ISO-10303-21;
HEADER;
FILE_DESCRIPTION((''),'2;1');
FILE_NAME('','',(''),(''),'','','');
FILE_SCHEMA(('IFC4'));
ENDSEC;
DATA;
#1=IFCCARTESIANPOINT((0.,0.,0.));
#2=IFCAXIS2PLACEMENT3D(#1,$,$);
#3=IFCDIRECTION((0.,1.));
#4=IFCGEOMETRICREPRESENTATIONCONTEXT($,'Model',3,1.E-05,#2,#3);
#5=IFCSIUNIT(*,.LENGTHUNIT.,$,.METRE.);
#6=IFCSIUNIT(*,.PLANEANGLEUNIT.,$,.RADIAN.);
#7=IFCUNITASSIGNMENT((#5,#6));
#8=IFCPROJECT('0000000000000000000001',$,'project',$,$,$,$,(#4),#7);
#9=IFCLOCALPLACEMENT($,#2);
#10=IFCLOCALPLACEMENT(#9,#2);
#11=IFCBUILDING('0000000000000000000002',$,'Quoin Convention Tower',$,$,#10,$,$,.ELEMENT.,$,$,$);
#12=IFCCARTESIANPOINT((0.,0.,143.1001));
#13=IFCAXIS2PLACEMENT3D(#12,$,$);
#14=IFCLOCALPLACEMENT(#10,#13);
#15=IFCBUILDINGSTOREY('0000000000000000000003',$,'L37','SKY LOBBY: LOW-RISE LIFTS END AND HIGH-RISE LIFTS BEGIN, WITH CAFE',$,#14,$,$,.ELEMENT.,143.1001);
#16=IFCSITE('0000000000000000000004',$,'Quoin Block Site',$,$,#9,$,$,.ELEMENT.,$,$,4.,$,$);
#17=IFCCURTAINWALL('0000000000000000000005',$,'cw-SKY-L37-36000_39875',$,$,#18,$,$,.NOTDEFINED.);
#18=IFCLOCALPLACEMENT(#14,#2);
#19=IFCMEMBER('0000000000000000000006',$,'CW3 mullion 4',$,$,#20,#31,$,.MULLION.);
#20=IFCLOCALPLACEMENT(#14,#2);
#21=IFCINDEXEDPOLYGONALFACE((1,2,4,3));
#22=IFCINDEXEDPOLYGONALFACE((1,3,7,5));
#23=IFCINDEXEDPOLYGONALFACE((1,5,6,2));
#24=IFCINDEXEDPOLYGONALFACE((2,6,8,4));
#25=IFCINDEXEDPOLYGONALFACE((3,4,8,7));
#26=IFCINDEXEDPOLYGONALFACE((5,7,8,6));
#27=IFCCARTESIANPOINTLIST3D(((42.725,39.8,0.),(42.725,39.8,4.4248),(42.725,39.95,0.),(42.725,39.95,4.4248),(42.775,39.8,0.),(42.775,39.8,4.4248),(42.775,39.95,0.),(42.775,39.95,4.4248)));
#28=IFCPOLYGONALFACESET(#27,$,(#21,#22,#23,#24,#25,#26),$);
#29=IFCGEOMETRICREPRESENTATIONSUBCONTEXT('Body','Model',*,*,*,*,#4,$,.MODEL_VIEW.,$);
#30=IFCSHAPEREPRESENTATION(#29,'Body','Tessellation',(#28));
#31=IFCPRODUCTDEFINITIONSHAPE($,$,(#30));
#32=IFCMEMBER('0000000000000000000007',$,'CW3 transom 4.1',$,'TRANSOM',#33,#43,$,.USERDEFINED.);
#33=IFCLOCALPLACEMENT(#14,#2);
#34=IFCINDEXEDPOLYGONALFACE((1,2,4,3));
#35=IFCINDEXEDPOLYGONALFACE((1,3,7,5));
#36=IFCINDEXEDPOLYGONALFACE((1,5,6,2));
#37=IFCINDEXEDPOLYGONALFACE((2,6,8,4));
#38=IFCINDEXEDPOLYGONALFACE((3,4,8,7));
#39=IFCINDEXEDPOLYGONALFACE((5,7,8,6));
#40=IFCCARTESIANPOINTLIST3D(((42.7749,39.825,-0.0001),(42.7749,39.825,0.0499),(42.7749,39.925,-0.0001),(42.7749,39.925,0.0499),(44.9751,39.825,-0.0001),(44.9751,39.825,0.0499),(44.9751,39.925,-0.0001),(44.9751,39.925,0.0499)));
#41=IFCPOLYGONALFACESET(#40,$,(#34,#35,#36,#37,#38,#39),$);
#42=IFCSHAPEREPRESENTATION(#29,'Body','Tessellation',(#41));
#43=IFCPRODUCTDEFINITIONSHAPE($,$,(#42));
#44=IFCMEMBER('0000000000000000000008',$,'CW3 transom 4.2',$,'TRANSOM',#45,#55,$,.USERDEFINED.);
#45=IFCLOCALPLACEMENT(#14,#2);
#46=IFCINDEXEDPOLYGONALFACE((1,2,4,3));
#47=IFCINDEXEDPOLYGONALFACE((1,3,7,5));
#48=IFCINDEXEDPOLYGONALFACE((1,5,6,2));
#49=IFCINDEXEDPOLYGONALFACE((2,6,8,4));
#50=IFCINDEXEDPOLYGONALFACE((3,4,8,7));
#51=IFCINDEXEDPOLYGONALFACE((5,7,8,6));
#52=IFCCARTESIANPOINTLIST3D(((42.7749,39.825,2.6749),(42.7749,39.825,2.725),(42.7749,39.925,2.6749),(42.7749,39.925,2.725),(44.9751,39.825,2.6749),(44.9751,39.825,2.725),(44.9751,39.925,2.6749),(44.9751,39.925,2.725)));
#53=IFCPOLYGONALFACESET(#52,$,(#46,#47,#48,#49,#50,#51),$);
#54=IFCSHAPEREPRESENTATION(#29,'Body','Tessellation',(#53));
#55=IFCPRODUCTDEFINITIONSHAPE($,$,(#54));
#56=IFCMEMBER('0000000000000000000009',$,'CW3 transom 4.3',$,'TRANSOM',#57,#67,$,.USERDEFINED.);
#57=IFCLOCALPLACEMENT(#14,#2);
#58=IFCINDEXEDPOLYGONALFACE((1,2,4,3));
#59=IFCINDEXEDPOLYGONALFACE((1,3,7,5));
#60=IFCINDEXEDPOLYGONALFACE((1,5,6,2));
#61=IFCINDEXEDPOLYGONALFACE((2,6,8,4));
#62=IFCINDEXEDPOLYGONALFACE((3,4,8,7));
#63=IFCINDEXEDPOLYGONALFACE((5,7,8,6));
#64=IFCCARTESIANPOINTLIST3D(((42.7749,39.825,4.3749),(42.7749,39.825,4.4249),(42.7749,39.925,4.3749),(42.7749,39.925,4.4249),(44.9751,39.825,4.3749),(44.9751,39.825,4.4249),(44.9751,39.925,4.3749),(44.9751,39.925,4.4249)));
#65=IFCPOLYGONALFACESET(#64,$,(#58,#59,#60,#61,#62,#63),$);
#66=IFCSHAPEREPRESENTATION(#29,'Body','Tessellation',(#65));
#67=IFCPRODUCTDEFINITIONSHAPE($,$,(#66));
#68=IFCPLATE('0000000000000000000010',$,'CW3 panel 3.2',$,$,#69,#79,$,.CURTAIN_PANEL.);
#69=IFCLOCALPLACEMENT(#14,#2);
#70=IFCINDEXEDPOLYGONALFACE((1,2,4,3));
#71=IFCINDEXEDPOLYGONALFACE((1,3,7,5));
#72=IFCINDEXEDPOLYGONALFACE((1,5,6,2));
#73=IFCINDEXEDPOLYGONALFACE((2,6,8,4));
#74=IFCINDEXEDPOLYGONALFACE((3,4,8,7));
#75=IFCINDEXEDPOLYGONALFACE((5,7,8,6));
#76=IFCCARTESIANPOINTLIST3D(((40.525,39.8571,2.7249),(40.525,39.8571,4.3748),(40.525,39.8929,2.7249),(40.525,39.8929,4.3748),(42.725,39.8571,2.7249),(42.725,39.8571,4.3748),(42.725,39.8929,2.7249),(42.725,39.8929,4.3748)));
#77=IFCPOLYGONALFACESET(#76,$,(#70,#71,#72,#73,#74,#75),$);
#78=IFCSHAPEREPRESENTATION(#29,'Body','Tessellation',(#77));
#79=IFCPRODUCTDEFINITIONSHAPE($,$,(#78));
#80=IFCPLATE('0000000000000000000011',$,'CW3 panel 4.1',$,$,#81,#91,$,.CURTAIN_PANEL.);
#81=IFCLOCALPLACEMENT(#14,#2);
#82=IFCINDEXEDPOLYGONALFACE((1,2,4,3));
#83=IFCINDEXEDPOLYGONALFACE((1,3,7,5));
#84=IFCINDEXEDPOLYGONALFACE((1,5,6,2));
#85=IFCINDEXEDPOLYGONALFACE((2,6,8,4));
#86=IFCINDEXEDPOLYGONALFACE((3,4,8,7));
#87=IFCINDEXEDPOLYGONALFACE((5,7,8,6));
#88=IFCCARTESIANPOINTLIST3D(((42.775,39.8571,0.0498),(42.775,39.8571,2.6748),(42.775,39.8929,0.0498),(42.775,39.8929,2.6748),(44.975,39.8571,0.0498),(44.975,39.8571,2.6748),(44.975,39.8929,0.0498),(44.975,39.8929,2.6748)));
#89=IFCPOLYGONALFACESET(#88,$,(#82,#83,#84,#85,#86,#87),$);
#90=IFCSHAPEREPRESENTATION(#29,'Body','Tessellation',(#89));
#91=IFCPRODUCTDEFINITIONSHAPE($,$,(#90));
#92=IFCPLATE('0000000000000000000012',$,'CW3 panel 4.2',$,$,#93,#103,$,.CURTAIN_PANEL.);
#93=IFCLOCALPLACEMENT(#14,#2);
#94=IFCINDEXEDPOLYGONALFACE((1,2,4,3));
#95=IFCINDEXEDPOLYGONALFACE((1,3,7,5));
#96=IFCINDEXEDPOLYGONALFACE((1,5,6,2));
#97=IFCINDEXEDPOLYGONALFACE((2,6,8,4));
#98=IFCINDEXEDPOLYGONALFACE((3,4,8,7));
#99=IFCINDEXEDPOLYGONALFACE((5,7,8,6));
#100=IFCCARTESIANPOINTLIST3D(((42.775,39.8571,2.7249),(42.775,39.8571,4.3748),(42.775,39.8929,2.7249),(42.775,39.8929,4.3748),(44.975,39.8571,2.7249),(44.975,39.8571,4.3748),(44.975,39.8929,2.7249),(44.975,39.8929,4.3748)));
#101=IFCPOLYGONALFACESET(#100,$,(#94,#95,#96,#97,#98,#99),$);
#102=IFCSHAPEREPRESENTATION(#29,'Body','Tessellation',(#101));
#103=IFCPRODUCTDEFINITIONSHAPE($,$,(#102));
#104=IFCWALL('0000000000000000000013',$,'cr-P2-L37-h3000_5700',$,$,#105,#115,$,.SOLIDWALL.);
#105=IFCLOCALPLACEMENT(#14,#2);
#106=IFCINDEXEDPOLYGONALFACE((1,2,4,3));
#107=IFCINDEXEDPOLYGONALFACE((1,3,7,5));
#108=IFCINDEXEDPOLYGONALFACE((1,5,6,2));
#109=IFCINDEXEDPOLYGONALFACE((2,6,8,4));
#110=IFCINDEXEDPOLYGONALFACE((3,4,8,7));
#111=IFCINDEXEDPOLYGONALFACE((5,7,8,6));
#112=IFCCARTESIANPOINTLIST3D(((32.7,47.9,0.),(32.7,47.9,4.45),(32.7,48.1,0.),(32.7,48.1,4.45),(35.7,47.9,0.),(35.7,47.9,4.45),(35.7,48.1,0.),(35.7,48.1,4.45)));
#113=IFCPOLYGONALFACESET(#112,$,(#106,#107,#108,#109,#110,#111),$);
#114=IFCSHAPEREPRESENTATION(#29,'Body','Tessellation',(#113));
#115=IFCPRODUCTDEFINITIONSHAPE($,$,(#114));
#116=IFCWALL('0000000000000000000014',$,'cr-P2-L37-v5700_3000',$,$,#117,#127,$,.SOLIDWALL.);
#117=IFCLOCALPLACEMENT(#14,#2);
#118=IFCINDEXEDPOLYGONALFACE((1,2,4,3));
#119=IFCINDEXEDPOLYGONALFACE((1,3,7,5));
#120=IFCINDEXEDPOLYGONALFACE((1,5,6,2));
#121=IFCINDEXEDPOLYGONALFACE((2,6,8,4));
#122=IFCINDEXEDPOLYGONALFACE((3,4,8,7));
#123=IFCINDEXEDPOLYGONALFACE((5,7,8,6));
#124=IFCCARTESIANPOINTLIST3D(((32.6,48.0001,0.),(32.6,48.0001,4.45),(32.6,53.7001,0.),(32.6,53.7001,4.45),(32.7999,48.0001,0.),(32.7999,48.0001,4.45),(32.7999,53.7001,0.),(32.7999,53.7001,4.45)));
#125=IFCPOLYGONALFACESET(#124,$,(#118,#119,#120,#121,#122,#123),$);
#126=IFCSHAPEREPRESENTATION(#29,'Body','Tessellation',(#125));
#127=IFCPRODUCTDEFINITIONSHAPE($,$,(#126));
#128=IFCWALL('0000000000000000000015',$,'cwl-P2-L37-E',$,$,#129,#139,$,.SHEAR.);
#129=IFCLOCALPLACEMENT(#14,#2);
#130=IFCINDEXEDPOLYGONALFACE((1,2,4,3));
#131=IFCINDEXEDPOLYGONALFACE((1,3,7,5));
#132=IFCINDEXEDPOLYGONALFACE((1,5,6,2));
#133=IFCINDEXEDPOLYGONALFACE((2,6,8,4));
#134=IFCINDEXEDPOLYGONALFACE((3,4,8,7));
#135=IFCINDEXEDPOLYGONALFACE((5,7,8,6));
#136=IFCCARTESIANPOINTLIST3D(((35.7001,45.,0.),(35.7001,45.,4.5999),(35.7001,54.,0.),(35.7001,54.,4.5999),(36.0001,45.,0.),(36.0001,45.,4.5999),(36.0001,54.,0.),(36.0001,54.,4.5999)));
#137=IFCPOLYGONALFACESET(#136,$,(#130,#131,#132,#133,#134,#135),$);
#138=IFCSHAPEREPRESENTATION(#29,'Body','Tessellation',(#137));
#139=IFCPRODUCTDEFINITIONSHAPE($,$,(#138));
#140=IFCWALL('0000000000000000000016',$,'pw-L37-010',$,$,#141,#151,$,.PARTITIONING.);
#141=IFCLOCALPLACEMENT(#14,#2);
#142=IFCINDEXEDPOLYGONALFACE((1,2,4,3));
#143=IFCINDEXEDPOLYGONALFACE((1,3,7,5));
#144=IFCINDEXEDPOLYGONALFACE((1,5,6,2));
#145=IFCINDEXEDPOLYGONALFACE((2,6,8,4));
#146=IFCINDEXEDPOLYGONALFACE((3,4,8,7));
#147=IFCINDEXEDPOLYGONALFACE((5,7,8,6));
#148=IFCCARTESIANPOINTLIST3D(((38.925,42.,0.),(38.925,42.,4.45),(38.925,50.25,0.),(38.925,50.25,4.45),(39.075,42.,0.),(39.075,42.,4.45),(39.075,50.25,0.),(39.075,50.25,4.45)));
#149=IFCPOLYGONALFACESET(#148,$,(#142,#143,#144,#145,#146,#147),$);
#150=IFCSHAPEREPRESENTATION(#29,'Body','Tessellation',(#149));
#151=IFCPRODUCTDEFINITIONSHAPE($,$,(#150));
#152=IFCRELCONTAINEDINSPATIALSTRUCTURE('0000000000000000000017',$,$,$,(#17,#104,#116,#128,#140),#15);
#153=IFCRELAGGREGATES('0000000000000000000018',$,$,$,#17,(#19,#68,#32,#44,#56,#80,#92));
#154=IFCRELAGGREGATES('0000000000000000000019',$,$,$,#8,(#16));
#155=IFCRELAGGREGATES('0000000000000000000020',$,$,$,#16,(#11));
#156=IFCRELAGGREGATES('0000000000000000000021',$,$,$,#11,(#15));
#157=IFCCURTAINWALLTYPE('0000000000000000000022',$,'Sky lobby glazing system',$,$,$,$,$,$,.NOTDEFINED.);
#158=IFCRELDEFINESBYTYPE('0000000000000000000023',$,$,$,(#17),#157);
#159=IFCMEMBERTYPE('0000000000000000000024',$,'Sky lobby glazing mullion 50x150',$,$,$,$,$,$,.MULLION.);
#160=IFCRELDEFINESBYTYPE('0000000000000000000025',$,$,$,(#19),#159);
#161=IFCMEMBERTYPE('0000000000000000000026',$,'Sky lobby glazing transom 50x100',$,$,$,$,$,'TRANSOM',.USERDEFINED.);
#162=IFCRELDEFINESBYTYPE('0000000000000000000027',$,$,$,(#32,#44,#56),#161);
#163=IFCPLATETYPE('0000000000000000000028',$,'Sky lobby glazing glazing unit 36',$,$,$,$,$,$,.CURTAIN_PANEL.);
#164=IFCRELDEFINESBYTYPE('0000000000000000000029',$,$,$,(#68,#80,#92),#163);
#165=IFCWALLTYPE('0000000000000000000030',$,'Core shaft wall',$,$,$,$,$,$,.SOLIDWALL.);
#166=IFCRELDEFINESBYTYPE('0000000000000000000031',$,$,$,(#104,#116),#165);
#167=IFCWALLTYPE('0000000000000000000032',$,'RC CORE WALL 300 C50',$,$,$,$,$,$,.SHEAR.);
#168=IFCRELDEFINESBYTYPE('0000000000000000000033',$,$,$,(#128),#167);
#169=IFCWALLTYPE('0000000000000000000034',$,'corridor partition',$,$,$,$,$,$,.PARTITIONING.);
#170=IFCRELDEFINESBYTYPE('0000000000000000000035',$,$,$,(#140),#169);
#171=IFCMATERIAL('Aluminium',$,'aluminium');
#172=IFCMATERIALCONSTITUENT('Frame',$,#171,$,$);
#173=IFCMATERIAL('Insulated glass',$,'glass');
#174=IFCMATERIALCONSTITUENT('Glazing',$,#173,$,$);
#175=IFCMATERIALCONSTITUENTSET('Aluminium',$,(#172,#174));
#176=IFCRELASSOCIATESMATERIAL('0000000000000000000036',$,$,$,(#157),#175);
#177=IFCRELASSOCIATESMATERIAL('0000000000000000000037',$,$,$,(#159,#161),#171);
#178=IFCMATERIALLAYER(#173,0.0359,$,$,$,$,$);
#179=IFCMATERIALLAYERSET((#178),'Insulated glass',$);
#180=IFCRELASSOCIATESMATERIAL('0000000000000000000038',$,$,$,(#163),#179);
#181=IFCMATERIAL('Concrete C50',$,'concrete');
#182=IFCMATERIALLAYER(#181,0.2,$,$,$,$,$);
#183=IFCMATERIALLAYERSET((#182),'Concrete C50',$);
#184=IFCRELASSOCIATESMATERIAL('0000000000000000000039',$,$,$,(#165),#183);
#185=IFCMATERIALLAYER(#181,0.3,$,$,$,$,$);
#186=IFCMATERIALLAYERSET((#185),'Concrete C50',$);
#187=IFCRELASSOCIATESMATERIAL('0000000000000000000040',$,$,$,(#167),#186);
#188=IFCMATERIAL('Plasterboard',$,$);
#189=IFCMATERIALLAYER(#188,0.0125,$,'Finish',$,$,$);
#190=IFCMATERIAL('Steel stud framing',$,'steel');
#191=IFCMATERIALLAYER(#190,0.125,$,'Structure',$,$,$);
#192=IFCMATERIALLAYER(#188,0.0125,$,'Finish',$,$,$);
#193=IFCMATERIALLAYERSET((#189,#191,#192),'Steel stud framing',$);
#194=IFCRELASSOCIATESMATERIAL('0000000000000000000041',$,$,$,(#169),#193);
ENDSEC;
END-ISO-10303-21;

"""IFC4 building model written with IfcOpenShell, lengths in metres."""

from ifc_helpers import new_model, si_unit, direction, frame, frame_2d, origin, origin_2d, place, context, subcontext, project, spatial, rectangle, extrude, material, layer, layer_set, constituent, constituent_set, material_profile, profile_set, type_object, element, aggregate, save


model = new_model("IFC4")

# Units and contexts
model_context = context("Model", 3, precision=1e-05, world=origin(), true_north=direction((0.0, 1.0)))
body_context = subcontext(model_context, "Body", "Model", "MODEL_VIEW")
ifc_project = project(units=[si_unit("LENGTHUNIT", "METRE"), si_unit("PLANEANGLEUNIT", "RADIAN")], contexts=[model_context])

# Site, building, storey
site_placement = place(None, origin())
site = spatial("IfcSite", under=ifc_project, at=site_placement, Name="Quoin Block Site", CompositionType="ELEMENT", RefElevation=4.0)
building_placement = place(site_placement, origin())
building = spatial("IfcBuilding", under=site, at=building_placement, Name="Quoin Convention Tower", CompositionType="ELEMENT")
storey_placement = place(building_placement, frame((0.0, 0.0, 143.1001)))
storey = spatial("IfcBuildingStorey", under=building, at=storey_placement, Name="L37", Description="SKY LOBBY: LOW-RISE LIFTS END AND HIGH-RISE LIFTS BEGIN, WITH CAFE", CompositionType="ELEMENT", Elevation=143.1001)

# Shared definitions
ifc_material_1 = material(Name="Concrete C50", Category="concrete")

# Curtain wall, members, plates
ifc_material_2 = material(Name="Aluminium", Category="aluminium")
ifc_constituent_1 = constituent(ifc_material_2, Name="Frame")
ifc_material_3 = material(Name="Insulated glass", Category="glass")
ifc_constituent_2 = constituent(ifc_material_3, Name="Glazing")
ifc_constituent_set = constituent_set(constituents=[ifc_constituent_1, ifc_constituent_2], Name="Aluminium")
curtain_wall_type = type_object("IfcCurtainWallType", Name="Sky lobby glazing system", PredefinedType="NOTDEFINED", material=ifc_constituent_set)
curtain_wall_placement = place(storey_placement, origin())
curtain_wall = element("IfcCurtainWall", 1, at=curtain_wall_placement, inside=storey, type_object=curtain_wall_type, Name="cw-SKY-L37-36000_39875", PredefinedType="NOTDEFINED")
ifc_material_profile_1 = material_profile(ifc_material_2, rectangle(XDim=0.1499, YDim=0.05, at=origin_2d()), Name="Sky lobby glazing mullion 50x150")
ifc_profile_set_1 = profile_set([ifc_material_profile_1], Name="Aluminium")
member_type_1 = type_object("IfcMemberType", Name="Sky lobby glazing mullion 50x150", PredefinedType="MULLION", material=ifc_profile_set_1)
member_1_placement = place(storey_placement, frame((42.75, 39.875, 0.0), z_axis=(0.0, 0.0, 1.0), x_axis=(0.0, 1.0, 0.0)))
member_1 = element("IfcMember", 2, at=member_1_placement, type_object=member_type_1, Name="CW3 mullion 4", PredefinedType="MULLION", context=body_context, shape_type="SweptSolid", body=[
    extrude(rectangle(XDim=0.1499, YDim=0.05, at=origin_2d()), origin(), (0.0, 0.0, 1.0), 4.4248),
])
ifc_material_profile_2 = material_profile(ifc_material_2, rectangle(XDim=0.1001, YDim=0.05, at=origin_2d()), Name="Sky lobby glazing transom 50x100")
ifc_profile_set_2 = profile_set([ifc_material_profile_2], Name="Aluminium")
member_type_2 = type_object("IfcMemberType", Name="Sky lobby glazing transom 50x100", ElementType="TRANSOM", PredefinedType="USERDEFINED", material=ifc_profile_set_2)
member_2_placement = place(storey_placement, frame((42.7749, 39.875, 0.0249), z_axis=(1.0, 0.0, 0.0), x_axis=(0.0, 1.0, 0.0)))
member_2 = element("IfcMember", 3, at=member_2_placement, type_object=member_type_2, Name="CW3 transom 4.1", ObjectType="TRANSOM", PredefinedType="USERDEFINED", context=body_context, shape_type="SweptSolid", body=[
    extrude(rectangle(XDim=0.1001, YDim=0.05, at=origin_2d()), origin(), (0.0, 0.0, 1.0), 2.2002),
])
member_3_placement = place(storey_placement, frame((42.7749, 39.875, 2.7), z_axis=(1.0, 0.0, 0.0), x_axis=(0.0, 1.0, 0.0)))
member_3 = element("IfcMember", 4, at=member_3_placement, type_object=member_type_2, Name="CW3 transom 4.2", ObjectType="TRANSOM", PredefinedType="USERDEFINED", context=body_context, shape_type="SweptSolid", body=[
    extrude(rectangle(XDim=0.1001, YDim=0.05, at=origin_2d()), origin(), (0.0, 0.0, 1.0), 2.2002),
])
member_4_placement = place(storey_placement, frame((42.7749, 39.875, 4.3999), z_axis=(1.0, 0.0, 0.0), x_axis=(0.0, 1.0, 0.0)))
member_4 = element("IfcMember", 5, at=member_4_placement, type_object=member_type_2, Name="CW3 transom 4.3", ObjectType="TRANSOM", PredefinedType="USERDEFINED", context=body_context, shape_type="SweptSolid", body=[
    extrude(rectangle(XDim=0.1001, YDim=0.05, at=origin_2d()), origin(), (0.0, 0.0, 1.0), 2.2002),
])
ifc_layer_1 = layer(ifc_material_3, 0.0359)
ifc_layer_set_1 = layer_set([ifc_layer_1], Name="Insulated glass")
plate_type = type_object("IfcPlateType", Name="Sky lobby glazing glazing unit 36", PredefinedType="CURTAIN_PANEL", material=ifc_layer_set_1)
plate_1_placement = place(storey_placement, frame((41.625, 39.875, 2.7249), z_axis=(0.0, 0.0, 1.0), x_axis=(1.0, 0.0, 0.0)))
plate_1 = element("IfcPlate", 6, at=plate_1_placement, type_object=plate_type, Name="CW3 panel 3.2", PredefinedType="CURTAIN_PANEL", context=body_context, shape_type="SweptSolid", body=[
    extrude(rectangle(XDim=2.2, YDim=0.0359, at=origin_2d()), origin(), (0.0, 0.0, 1.0), 1.6499),
])
plate_2_placement = place(storey_placement, frame((43.875, 39.875, 0.0498), z_axis=(0.0, 0.0, 1.0), x_axis=(1.0, 0.0, 0.0)))
plate_2 = element("IfcPlate", 7, at=plate_2_placement, type_object=plate_type, Name="CW3 panel 4.1", PredefinedType="CURTAIN_PANEL", context=body_context, shape_type="SweptSolid", body=[
    extrude(rectangle(XDim=2.2, YDim=0.0359, at=origin_2d()), origin(), (0.0, 0.0, 1.0), 2.625),
])
plate_3_placement = place(storey_placement, frame((43.875, 39.875, 2.7249), z_axis=(0.0, 0.0, 1.0), x_axis=(1.0, 0.0, 0.0)))
plate_3 = element("IfcPlate", 8, at=plate_3_placement, type_object=plate_type, Name="CW3 panel 4.2", PredefinedType="CURTAIN_PANEL", context=body_context, shape_type="SweptSolid", body=[
    extrude(rectangle(XDim=2.2, YDim=0.0359, at=origin_2d()), origin(), (0.0, 0.0, 1.0), 1.6499),
])
aggregate(curtain_wall, [member_1, plate_1, member_2, member_3, member_4, plate_2, plate_3])

# Walls
ifc_layer_2 = layer(ifc_material_1, 0.2)
ifc_layer_set_2 = layer_set([ifc_layer_2], Name="Concrete C50")
wall_type_1 = type_object("IfcWallType", Name="Core shaft wall", PredefinedType="SOLIDWALL", material=ifc_layer_set_2)
wall_1_placement = place(storey_placement, frame((32.7, 48.0, 0.0), z_axis=(0.0, 0.0, 1.0), x_axis=(1.0, 0.0, 0.0)))
element("IfcWall", 9, at=wall_1_placement, inside=storey, type_object=wall_type_1, Name="cr-P2-L37-h3000_5700", PredefinedType="SOLIDWALL", context=body_context, shape_type="SweptSolid", body=[
    extrude(rectangle(XDim=3.0, YDim=0.2, at=frame_2d((1.5, 0.0))), origin(), (0.0, 0.0, 1.0), 4.45),
])
wall_2_placement = place(storey_placement, frame((32.7, 48.0, 0.0), z_axis=(0.0, 0.0, 1.0), x_axis=(0.0, 1.0, 0.0)))
element("IfcWall", 10, at=wall_2_placement, inside=storey, type_object=wall_type_1, Name="cr-P2-L37-v5700_3000", PredefinedType="SOLIDWALL", context=body_context, shape_type="SweptSolid", body=[
    extrude(rectangle(XDim=5.7, YDim=0.2, at=frame_2d((2.8501, 0.0))), origin(), (0.0, 0.0, 1.0), 4.45),
])
ifc_layer_3 = layer(ifc_material_1, 0.3)
ifc_layer_set_3 = layer_set([ifc_layer_3], Name="Concrete C50")
wall_type_2 = type_object("IfcWallType", Name="RC CORE WALL 300 C50", PredefinedType="SHEAR", material=ifc_layer_set_3)
wall_3_placement = place(storey_placement, frame((35.8501, 45.0, 0.0), z_axis=(0.0, 0.0, 1.0), x_axis=(0.0, 1.0, 0.0)))
element("IfcWall", 11, at=wall_3_placement, inside=storey, type_object=wall_type_2, Name="cwl-P2-L37-E", PredefinedType="SHEAR", context=body_context, shape_type="SweptSolid", body=[
    extrude(rectangle(XDim=9.0, YDim=0.3, at=frame_2d((4.5, 0.0))), origin(), (0.0, 0.0, 1.0), 4.5999),
])
ifc_material_4 = material(Name="Plasterboard")
ifc_layer_4 = layer(ifc_material_4, 0.0125, Name="Finish")
ifc_material_5 = material(Name="Steel stud framing", Category="steel")
ifc_layer_5 = layer(ifc_material_5, 0.125, Name="Structure")
ifc_layer_6 = layer(ifc_material_4, 0.0125, Name="Finish")
ifc_layer_set_4 = layer_set([ifc_layer_4, ifc_layer_5, ifc_layer_6], Name="Steel stud framing")
wall_type_3 = type_object("IfcWallType", Name="corridor partition", PredefinedType="PARTITIONING", material=ifc_layer_set_4)
wall_4_placement = place(storey_placement, frame((39.0, 42.0, 0.0), z_axis=(0.0, 0.0, 1.0), x_axis=(0.0, 1.0, 0.0)))
element("IfcWall", 12, at=wall_4_placement, inside=storey, type_object=wall_type_3, Name="pw-L37-010", PredefinedType="PARTITIONING", context=body_context, shape_type="SweptSolid", body=[
    extrude(rectangle(XDim=8.25, YDim=0.1499, at=frame_2d((4.125, 0.0))), origin(), (0.0, 0.0, 1.0), 4.45),
])

save(model, "model.ifc")
